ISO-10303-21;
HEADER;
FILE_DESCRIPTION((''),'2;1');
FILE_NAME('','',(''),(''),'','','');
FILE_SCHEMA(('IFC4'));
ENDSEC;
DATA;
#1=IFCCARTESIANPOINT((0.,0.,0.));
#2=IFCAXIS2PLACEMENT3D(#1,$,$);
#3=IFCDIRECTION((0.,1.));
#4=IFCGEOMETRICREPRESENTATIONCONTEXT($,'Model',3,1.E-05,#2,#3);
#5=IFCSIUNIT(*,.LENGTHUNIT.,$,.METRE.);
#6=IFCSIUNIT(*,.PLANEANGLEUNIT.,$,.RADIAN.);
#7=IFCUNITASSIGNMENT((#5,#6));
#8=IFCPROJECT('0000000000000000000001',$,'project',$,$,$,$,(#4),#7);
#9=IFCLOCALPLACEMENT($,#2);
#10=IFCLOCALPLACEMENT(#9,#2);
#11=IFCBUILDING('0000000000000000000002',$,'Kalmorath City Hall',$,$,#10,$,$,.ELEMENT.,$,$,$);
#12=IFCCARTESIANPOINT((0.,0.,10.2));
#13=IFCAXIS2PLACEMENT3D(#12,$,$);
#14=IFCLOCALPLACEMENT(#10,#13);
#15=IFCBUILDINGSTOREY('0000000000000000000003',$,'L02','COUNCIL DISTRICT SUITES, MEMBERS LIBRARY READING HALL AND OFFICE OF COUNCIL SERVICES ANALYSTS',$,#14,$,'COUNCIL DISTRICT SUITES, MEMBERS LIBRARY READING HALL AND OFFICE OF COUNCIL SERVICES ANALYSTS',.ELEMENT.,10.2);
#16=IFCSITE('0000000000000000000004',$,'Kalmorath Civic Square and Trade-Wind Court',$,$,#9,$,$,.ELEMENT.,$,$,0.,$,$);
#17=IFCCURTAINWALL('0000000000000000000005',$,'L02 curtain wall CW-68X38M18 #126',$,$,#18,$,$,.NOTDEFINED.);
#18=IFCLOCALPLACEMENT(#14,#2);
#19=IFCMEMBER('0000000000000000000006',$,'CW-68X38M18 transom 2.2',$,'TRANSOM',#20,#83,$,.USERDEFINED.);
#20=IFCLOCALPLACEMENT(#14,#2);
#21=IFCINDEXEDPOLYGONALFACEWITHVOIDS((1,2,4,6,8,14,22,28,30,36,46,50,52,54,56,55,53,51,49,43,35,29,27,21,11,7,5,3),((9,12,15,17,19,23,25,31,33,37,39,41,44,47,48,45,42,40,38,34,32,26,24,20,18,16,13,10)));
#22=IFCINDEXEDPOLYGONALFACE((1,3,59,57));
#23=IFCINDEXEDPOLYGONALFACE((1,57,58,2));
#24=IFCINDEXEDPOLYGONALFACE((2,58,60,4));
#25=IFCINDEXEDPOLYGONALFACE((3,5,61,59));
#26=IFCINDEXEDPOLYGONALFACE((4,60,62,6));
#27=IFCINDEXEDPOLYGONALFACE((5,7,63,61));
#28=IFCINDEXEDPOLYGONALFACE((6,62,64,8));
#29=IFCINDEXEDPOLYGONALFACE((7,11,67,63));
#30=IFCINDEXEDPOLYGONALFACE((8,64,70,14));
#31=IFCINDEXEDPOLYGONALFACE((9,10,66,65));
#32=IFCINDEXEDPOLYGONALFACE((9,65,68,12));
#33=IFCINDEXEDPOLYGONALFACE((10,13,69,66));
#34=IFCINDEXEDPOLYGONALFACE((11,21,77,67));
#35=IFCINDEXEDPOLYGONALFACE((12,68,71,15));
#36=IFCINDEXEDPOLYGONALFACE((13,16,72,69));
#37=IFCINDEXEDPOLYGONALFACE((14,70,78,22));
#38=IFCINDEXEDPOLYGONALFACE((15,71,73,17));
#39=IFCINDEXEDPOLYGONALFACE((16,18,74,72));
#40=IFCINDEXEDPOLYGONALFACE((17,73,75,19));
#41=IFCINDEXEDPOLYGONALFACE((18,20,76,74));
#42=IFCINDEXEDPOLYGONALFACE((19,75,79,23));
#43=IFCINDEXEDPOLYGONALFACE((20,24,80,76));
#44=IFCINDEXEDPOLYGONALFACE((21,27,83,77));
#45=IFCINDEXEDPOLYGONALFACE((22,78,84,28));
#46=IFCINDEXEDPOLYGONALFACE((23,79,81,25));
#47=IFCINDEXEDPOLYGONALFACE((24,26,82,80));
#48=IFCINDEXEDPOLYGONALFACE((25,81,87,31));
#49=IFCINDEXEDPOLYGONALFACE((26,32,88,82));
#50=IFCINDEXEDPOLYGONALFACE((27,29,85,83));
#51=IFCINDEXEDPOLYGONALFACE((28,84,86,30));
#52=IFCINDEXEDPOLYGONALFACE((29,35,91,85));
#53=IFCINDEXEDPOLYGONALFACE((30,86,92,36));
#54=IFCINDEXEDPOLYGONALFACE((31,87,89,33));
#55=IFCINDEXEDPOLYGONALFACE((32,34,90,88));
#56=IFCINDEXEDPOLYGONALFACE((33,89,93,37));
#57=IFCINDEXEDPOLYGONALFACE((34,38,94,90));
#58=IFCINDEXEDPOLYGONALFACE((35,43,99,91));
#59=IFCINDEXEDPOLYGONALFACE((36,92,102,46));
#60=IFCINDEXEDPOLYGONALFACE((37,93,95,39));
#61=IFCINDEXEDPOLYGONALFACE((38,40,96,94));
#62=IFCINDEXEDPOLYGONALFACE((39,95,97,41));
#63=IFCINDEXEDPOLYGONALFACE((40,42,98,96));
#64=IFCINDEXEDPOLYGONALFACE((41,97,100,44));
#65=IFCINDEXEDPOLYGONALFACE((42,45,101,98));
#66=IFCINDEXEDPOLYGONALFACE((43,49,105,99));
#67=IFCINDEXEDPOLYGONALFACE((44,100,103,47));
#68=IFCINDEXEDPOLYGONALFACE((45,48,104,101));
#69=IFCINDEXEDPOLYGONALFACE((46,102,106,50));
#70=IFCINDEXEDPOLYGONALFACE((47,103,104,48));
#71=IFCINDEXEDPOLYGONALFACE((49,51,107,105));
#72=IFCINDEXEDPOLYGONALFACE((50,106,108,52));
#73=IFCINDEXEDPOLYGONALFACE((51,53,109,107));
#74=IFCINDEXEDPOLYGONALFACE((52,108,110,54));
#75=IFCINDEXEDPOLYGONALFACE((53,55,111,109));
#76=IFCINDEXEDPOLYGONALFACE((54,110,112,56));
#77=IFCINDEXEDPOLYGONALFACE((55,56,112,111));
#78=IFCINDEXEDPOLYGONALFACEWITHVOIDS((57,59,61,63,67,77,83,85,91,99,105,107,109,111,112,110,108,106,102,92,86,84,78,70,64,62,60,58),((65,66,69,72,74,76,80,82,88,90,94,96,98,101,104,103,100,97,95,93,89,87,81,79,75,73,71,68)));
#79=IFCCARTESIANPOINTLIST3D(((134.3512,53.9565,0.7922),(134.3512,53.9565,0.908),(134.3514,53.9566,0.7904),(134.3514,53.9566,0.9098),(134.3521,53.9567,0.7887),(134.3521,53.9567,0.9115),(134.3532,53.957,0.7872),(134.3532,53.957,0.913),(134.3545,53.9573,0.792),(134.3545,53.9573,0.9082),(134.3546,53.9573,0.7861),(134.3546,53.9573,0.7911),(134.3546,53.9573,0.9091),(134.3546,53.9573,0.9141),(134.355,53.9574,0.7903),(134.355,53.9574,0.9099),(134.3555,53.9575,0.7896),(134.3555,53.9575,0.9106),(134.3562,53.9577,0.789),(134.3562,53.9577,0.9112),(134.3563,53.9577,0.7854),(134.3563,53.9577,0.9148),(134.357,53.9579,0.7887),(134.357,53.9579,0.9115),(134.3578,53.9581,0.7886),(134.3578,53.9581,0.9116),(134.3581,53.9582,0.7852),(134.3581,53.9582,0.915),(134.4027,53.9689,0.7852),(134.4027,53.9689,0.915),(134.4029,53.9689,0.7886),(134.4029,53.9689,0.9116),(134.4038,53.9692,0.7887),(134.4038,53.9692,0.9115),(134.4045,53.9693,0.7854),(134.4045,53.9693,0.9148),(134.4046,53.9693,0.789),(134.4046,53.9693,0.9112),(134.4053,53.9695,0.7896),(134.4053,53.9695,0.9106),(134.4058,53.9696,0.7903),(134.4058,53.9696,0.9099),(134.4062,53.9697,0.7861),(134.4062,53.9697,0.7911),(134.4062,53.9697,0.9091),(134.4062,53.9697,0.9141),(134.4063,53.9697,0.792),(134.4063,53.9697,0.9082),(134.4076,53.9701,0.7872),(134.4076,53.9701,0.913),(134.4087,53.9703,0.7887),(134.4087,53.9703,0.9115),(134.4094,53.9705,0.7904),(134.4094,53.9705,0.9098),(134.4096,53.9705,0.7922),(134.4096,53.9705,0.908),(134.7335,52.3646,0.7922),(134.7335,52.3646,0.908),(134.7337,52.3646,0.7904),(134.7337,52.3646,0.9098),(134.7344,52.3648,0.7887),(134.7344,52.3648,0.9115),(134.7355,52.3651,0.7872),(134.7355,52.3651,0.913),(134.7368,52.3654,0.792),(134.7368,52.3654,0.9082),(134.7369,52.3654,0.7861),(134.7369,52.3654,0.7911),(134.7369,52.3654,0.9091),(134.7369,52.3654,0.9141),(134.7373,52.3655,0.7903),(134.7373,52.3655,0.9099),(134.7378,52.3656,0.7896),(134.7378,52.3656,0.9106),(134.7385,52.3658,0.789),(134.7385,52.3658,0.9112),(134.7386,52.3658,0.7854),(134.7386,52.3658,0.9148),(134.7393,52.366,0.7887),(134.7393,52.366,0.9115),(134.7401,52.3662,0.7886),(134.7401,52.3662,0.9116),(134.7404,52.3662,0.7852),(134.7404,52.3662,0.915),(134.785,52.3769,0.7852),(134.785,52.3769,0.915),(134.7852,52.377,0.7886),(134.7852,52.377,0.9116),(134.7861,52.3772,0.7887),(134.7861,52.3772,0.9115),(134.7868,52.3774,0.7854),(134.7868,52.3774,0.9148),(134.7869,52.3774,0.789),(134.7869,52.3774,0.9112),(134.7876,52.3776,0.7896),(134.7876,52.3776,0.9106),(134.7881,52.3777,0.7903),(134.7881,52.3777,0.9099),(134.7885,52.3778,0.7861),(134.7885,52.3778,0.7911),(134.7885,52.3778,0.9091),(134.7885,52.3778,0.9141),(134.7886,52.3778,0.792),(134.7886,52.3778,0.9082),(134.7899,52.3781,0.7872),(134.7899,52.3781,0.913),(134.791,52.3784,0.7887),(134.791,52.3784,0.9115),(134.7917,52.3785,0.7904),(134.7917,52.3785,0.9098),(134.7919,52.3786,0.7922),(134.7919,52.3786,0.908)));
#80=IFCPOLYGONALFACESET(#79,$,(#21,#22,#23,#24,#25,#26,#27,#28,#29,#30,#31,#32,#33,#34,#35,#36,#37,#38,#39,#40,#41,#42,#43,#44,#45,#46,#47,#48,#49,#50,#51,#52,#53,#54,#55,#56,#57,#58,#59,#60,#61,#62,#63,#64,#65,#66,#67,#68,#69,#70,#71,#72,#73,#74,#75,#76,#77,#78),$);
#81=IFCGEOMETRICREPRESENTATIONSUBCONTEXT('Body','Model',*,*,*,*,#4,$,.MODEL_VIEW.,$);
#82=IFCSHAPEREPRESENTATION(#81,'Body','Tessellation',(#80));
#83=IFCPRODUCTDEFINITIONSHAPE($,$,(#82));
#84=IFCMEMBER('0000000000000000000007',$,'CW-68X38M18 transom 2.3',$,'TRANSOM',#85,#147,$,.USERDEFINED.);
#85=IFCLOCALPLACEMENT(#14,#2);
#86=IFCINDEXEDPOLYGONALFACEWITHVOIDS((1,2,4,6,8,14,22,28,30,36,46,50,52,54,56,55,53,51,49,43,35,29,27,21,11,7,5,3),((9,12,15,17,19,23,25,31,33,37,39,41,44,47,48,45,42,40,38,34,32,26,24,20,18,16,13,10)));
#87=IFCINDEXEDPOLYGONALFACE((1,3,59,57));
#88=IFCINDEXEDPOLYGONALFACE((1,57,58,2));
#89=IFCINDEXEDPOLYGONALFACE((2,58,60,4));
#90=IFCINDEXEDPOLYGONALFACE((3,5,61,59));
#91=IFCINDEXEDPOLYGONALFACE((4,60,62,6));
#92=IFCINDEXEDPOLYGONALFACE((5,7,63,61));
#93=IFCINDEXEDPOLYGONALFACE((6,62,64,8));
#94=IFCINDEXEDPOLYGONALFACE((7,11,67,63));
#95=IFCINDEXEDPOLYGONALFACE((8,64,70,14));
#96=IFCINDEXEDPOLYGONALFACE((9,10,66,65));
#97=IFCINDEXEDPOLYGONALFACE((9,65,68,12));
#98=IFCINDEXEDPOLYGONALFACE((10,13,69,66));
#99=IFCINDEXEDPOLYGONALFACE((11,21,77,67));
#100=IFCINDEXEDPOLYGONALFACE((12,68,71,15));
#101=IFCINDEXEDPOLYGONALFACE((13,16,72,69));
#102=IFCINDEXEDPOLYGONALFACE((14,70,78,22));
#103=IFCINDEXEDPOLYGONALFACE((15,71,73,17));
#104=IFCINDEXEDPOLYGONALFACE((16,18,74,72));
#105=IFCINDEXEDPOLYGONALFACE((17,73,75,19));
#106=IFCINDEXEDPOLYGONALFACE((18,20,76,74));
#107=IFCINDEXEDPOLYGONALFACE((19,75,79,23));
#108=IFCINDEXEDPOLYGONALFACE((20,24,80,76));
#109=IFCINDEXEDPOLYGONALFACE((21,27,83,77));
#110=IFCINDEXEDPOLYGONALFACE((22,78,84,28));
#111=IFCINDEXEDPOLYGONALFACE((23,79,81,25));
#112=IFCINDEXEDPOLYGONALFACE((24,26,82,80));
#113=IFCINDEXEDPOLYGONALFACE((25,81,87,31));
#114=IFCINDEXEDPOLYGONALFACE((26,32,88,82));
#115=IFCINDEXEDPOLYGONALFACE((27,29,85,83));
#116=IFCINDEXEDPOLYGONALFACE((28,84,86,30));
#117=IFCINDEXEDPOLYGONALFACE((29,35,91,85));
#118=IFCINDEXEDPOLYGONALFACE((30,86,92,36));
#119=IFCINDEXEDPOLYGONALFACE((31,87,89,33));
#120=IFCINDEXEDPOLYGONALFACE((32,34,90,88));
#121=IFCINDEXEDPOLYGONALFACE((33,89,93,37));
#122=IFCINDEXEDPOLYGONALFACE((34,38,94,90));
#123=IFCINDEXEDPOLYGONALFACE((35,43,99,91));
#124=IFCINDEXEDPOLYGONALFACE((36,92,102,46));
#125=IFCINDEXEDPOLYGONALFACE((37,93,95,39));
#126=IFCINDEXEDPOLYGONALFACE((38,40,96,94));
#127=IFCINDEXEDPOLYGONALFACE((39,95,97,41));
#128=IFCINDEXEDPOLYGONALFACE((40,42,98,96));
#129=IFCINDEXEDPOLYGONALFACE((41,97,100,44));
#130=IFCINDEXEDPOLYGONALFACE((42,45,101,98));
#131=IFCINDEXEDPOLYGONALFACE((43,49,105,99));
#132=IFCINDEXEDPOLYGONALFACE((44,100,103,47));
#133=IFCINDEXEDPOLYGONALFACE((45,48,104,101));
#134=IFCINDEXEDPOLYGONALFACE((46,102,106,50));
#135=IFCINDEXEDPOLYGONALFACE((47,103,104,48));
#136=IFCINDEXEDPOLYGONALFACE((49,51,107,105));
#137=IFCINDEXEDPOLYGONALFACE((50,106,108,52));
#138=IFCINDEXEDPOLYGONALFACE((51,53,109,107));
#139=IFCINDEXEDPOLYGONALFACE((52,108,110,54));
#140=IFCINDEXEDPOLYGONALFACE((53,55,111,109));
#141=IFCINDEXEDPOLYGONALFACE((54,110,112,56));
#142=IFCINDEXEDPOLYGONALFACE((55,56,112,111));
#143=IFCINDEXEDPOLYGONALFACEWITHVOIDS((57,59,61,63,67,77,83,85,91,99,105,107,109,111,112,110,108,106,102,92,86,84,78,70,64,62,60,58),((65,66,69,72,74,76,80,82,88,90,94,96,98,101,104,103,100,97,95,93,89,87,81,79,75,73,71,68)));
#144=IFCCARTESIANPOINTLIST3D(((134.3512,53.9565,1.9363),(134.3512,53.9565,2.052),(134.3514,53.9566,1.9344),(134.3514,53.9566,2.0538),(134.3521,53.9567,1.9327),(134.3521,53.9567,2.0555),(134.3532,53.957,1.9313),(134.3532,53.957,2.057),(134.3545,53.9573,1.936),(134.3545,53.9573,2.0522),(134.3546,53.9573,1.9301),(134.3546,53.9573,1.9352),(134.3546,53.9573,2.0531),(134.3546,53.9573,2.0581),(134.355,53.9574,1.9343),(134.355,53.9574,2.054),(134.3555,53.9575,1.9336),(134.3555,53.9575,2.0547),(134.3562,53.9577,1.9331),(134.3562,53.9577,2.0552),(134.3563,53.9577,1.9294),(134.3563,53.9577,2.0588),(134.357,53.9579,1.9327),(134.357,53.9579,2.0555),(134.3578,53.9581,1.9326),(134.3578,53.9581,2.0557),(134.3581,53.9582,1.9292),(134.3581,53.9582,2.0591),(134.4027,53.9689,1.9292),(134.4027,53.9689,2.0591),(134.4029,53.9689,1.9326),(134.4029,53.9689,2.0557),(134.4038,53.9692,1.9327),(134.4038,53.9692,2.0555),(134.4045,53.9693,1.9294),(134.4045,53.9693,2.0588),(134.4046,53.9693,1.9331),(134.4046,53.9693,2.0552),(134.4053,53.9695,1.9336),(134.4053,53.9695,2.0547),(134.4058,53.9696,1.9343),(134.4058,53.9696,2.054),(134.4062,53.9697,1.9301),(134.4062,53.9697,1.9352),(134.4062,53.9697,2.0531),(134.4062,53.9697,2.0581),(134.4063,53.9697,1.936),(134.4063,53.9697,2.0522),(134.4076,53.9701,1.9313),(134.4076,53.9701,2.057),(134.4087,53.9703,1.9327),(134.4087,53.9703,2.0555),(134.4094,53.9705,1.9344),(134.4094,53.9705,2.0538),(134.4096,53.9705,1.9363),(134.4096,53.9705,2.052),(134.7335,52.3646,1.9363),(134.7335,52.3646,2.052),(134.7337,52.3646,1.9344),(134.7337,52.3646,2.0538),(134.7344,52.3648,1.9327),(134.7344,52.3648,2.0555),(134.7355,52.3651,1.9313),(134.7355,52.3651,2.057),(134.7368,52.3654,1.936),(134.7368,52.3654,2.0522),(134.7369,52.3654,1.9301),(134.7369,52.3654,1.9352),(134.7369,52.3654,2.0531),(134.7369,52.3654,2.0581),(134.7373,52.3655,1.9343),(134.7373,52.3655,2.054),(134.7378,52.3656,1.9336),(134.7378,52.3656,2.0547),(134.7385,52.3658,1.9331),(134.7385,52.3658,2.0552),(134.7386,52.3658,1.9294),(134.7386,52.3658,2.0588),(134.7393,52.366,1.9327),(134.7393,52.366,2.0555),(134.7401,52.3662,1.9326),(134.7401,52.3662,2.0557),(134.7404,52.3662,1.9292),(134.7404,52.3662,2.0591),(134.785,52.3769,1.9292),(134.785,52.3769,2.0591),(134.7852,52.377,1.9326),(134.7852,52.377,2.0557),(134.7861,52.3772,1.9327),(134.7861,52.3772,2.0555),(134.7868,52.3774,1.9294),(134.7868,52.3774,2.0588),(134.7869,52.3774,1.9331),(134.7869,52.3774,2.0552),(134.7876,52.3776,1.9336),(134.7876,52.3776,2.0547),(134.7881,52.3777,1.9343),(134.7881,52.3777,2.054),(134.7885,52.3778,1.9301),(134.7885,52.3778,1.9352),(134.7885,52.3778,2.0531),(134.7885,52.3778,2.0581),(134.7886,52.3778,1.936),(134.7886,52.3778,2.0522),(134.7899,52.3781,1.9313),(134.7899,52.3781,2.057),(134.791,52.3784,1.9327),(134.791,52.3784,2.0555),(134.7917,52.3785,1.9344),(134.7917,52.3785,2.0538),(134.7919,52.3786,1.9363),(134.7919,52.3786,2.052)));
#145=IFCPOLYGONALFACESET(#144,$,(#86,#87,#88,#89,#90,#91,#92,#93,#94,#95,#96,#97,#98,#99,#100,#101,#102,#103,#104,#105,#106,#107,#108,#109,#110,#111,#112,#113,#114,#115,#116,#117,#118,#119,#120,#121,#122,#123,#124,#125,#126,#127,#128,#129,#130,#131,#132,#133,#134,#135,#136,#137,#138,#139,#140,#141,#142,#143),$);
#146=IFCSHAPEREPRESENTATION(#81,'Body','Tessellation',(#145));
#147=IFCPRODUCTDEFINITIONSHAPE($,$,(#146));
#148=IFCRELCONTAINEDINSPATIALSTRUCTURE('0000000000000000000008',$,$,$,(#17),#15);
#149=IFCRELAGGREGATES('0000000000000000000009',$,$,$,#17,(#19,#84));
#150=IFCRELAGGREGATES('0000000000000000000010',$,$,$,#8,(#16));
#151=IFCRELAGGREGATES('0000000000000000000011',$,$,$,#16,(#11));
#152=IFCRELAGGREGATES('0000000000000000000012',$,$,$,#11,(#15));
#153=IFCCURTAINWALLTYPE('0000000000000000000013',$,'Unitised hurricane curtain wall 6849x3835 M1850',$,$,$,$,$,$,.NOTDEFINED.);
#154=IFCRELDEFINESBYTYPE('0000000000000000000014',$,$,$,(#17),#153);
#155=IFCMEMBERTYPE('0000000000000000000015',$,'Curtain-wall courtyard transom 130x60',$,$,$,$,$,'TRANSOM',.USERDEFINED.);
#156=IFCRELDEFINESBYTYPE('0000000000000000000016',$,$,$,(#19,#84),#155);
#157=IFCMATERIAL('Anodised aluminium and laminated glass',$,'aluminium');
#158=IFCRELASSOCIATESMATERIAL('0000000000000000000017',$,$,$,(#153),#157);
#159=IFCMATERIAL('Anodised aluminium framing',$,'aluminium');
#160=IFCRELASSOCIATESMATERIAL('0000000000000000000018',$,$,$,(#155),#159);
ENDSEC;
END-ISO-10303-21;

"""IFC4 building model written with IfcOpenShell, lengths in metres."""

from ifc_helpers import new_model, si_unit, direction, frame, origin, origin_2d, place, context, subcontext, project, spatial, hollow_rectangle, extrude, material, material_profile, profile_set, type_object, element, aggregate, save


model = new_model("IFC4")

# Units and contexts
model_context = context("Model", 3, precision=1e-05, world=origin(), true_north=direction((0.0, 1.0)))
body_context = subcontext(model_context, "Body", "Model", "MODEL_VIEW")
ifc_project = project(units=[si_unit("LENGTHUNIT", "METRE"), si_unit("PLANEANGLEUNIT", "RADIAN")], contexts=[model_context])

# Site, building, storey
site_placement = place(None, origin())
site = spatial("IfcSite", under=ifc_project, at=site_placement, Name="Kalmorath Civic Square and Trade-Wind Court", CompositionType="ELEMENT", RefElevation=0.0)
building_placement = place(site_placement, origin())
building = spatial("IfcBuilding", under=site, at=building_placement, Name="Kalmorath City Hall", CompositionType="ELEMENT")
storey_placement = place(building_placement, frame((0.0, 0.0, 10.2)))
storey = spatial("IfcBuildingStorey", under=building, at=storey_placement, Name="L02", Description="COUNCIL DISTRICT SUITES, MEMBERS LIBRARY READING HALL AND OFFICE OF COUNCIL SERVICES ANALYSTS", LongName="COUNCIL DISTRICT SUITES, MEMBERS LIBRARY READING HALL AND OFFICE OF COUNCIL SERVICES ANALYSTS", CompositionType="ELEMENT", Elevation=10.2)

# Curtain wall, members
ifc_material_1 = material(Name="Anodised aluminium and laminated glass", Category="aluminium")
curtain_wall_type = type_object("IfcCurtainWallType", Name="Unitised hurricane curtain wall 6849x3835 M1850", PredefinedType="NOTDEFINED", material=ifc_material_1)
curtain_wall_1_placement = place(storey_placement, origin())
curtain_wall_1 = element("IfcCurtainWall", 1, at=curtain_wall_1_placement, inside=storey, type_object=curtain_wall_type, Name="L02 curtain wall CW-68X38M18 #126", PredefinedType="NOTDEFINED")
ifc_material_2 = material(Name="Anodised aluminium framing", Category="aluminium")
ifc_material_profile_1 = material_profile(ifc_material_2, hollow_rectangle(XDim=0.0601, YDim=0.1299, WallThickness=0.0034, InnerFilletRadius=0.0034, OuterFilletRadius=0.0071, at=origin_2d()), Name="ALU-TRN-130X60X3.5")
ifc_profile_set_1 = profile_set([ifc_material_profile_1], Name="Anodised aluminium framing")
member_type_1 = type_object("IfcMemberType", Name="Curtain-wall courtyard transom 130x60", ElementType="TRANSOM", PredefinedType="USERDEFINED", material=ifc_profile_set_1)
member_1_placement = place(storey_placement, frame((134.7627, 52.3716, 0.8501), z_axis=(-0.233508, 0.972355, 0.0), x_axis=(-0.972355, -0.233508, 0.0)))
member_1 = element("IfcMember", 2, at=member_1_placement, type_object=member_type_1, Name="CW-68X38M18 transom 2.2", ObjectType="TRANSOM", PredefinedType="USERDEFINED", context=body_context, shape_type="SweptSolid", body=[
    extrude(hollow_rectangle(XDim=0.0601, YDim=0.1299, WallThickness=0.0034, InnerFilletRadius=0.0034, OuterFilletRadius=0.0071, at=origin_2d()), origin(), (0.0, 0.0, 1.0), 1.6372),
])
member_2_placement = place(storey_placement, frame((134.7627, 52.3716, 1.9941), z_axis=(-0.233508, 0.972355, 0.0), x_axis=(-0.972355, -0.233508, 0.0)))
member_2 = element("IfcMember", 3, at=member_2_placement, type_object=member_type_1, Name="CW-68X38M18 transom 2.3", ObjectType="TRANSOM", PredefinedType="USERDEFINED", context=body_context, shape_type="SweptSolid", body=[
    extrude(hollow_rectangle(XDim=0.0601, YDim=0.1299, WallThickness=0.0034, InnerFilletRadius=0.0034, OuterFilletRadius=0.0071, at=origin_2d()), origin(), (0.0, 0.0, 1.0), 1.6372),
])

aggregate(curtain_wall_1, [member_1, member_2])

save(model, "model.ifc")
